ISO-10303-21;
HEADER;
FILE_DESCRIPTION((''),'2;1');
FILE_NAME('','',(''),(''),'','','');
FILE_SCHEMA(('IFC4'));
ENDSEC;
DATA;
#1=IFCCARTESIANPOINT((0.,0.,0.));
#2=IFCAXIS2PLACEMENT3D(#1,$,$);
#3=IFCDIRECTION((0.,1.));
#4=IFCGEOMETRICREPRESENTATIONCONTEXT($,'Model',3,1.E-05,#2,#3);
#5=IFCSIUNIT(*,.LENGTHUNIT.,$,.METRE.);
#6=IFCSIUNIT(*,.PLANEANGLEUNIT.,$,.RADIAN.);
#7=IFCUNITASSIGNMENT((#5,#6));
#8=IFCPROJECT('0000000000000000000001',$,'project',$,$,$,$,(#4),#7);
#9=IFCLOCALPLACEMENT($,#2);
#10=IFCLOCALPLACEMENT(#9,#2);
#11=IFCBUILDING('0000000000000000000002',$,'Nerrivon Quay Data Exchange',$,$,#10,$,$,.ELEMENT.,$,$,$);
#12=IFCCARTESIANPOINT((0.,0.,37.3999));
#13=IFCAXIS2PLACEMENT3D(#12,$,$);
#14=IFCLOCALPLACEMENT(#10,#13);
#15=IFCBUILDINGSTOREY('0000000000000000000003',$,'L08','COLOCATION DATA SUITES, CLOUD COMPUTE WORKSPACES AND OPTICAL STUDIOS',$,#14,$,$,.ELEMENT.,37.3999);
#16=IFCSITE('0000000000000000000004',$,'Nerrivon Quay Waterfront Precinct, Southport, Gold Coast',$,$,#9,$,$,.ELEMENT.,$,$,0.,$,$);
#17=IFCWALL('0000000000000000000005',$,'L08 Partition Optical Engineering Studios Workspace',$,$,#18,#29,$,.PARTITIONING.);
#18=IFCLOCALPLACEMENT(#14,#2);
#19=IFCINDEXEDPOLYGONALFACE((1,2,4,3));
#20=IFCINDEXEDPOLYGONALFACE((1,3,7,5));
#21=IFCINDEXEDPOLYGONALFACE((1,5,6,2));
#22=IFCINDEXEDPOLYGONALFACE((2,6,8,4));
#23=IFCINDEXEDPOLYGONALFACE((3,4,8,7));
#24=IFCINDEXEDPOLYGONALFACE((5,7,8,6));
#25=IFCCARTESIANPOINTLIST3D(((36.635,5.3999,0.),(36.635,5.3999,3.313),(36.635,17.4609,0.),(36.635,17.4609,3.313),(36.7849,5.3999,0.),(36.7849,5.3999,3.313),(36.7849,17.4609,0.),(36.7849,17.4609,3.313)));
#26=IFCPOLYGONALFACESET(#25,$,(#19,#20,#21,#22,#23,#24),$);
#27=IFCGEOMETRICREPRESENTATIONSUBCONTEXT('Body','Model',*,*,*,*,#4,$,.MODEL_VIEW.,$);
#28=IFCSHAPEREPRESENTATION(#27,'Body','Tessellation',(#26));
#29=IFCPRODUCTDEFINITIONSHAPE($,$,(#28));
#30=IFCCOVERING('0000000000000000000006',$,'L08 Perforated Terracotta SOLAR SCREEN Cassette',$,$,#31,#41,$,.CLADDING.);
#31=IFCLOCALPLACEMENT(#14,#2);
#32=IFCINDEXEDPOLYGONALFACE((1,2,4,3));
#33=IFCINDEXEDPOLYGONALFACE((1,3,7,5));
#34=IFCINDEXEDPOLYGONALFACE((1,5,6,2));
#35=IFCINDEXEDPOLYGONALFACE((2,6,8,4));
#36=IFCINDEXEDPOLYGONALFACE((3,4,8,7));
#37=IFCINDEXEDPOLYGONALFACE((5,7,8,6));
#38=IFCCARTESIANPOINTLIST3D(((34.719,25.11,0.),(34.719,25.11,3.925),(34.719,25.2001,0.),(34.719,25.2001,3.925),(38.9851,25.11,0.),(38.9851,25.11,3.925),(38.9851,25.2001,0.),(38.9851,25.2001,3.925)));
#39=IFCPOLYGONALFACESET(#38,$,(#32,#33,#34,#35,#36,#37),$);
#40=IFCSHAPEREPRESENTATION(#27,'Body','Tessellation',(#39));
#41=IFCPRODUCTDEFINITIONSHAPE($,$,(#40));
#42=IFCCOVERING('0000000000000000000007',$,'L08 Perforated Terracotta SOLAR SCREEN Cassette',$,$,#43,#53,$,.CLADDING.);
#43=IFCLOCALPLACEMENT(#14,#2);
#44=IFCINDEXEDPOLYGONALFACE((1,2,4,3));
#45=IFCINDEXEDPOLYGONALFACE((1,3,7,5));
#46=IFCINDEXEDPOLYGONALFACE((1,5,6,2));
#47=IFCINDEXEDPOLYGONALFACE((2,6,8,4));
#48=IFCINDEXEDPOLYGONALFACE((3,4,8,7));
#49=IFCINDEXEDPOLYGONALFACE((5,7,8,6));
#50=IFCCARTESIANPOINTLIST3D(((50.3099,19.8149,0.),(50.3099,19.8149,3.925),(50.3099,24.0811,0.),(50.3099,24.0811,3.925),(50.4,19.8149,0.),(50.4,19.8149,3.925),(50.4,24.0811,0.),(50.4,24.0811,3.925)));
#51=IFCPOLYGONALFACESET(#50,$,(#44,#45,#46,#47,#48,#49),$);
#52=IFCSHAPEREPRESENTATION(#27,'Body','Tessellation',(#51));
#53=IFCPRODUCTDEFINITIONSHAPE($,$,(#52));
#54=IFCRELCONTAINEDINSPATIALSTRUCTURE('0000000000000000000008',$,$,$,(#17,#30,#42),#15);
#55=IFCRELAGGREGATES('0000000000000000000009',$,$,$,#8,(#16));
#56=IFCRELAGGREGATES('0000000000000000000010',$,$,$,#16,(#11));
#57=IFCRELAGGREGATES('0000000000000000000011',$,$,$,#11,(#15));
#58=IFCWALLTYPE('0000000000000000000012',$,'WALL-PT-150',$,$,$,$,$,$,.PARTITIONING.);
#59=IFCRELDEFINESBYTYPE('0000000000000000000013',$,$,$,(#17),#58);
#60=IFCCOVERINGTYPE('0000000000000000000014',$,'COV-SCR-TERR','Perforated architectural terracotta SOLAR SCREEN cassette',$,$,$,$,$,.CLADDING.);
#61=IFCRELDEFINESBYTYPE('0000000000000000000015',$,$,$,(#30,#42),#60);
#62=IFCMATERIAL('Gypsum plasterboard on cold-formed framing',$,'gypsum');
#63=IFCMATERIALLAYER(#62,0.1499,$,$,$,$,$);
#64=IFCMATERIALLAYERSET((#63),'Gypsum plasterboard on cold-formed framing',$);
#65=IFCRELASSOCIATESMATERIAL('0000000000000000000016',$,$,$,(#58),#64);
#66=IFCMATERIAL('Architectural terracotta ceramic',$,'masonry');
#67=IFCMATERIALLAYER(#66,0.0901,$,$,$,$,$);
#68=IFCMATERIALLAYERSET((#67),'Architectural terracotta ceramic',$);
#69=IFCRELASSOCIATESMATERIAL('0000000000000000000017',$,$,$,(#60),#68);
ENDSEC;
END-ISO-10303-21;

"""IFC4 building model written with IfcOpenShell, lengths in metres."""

from ifc_helpers import new_model, si_unit, direction, frame, frame_2d, origin, origin_2d, place, context, subcontext, project, spatial, rectangle, extrude, material, layer, layer_set, type_object, element, save


model = new_model("IFC4")

# Units and contexts
model_context = context("Model", 3, precision=1e-05, world=origin(), true_north=direction((0.0, 1.0)))
body_context = subcontext(model_context, "Body", "Model", "MODEL_VIEW")
ifc_project = project(units=[si_unit("LENGTHUNIT", "METRE"), si_unit("PLANEANGLEUNIT", "RADIAN")], contexts=[model_context])

# Site, building, storey
site_placement = place(None, origin())
site = spatial("IfcSite", under=ifc_project, at=site_placement, Name="Nerrivon Quay Waterfront Precinct, Southport, Gold Coast", CompositionType="ELEMENT", RefElevation=0.0)
building_placement = place(site_placement, origin())
building = spatial("IfcBuilding", under=site, at=building_placement, Name="Nerrivon Quay Data Exchange", CompositionType="ELEMENT")
storey_placement = place(building_placement, frame((0.0, 0.0, 37.3999)))
storey = spatial("IfcBuildingStorey", under=building, at=storey_placement, Name="L08", Description="COLOCATION DATA SUITES, CLOUD COMPUTE WORKSPACES AND OPTICAL STUDIOS", CompositionType="ELEMENT", Elevation=37.3999)

# Wall
ifc_material_1 = material(Name="Gypsum plasterboard on cold-formed framing", Category="gypsum")
ifc_layer_1 = layer(ifc_material_1, 0.1499)
ifc_layer_set_1 = layer_set([ifc_layer_1], Name="Gypsum plasterboard on cold-formed framing")
wall_type_1 = type_object("IfcWallType", Name="WALL-PT-150", PredefinedType="PARTITIONING", material=ifc_layer_set_1)
wall_1_placement = place(storey_placement, frame((36.71, 17.4609, 0.0), z_axis=(0.0, 0.0, 1.0), x_axis=(0.0, -1.0, 0.0)))
element("IfcWall", 1, at=wall_1_placement, inside=storey, type_object=wall_type_1, Name="L08 Partition Optical Engineering Studios Workspace", PredefinedType="PARTITIONING", context=body_context, shape_type="SweptSolid", body=[
    extrude(rectangle(XDim=12.061, YDim=0.1499, at=frame_2d((6.0305, 0.0))), origin(), (0.0, 0.0, 1.0), 3.313),
])

# Coverings
ifc_material_2 = material(Name="Architectural terracotta ceramic", Category="masonry")
ifc_layer_2 = layer(ifc_material_2, 0.0901)
ifc_layer_set_2 = layer_set([ifc_layer_2], Name="Architectural terracotta ceramic")
covering_type = type_object("IfcCoveringType", Name="COV-SCR-TERR", Description="Perforated architectural terracotta SOLAR SCREEN cassette", PredefinedType="CLADDING", material=ifc_layer_set_2)
for number, where, z_axis, x_axis, name in (
    (2, (36.8521, 25.155, 0.0), (0.0, 0.0, 1.0), (1.0, 0.0, 0.0), "L08 Perforated Terracotta SOLAR SCREEN Cassette"),
    (3, (50.355, 21.948, 0.0), (0.0, 0.0, 1.0), (0.0, -1.0, 0.0), "L08 Perforated Terracotta SOLAR SCREEN Cassette"),
):
    element("IfcCovering", number, at=place(storey_placement, frame(where, z_axis=z_axis, x_axis=x_axis)), inside=storey, type_object=covering_type, Name=name, PredefinedType="CLADDING", context=body_context, shape_type="SweptSolid", body=[
        extrude(rectangle(XDim=4.2661, YDim=0.0901, at=origin_2d()), origin(), (0.0, 0.0, 1.0), 3.925),
    ])

save(model, "model.ifc")
